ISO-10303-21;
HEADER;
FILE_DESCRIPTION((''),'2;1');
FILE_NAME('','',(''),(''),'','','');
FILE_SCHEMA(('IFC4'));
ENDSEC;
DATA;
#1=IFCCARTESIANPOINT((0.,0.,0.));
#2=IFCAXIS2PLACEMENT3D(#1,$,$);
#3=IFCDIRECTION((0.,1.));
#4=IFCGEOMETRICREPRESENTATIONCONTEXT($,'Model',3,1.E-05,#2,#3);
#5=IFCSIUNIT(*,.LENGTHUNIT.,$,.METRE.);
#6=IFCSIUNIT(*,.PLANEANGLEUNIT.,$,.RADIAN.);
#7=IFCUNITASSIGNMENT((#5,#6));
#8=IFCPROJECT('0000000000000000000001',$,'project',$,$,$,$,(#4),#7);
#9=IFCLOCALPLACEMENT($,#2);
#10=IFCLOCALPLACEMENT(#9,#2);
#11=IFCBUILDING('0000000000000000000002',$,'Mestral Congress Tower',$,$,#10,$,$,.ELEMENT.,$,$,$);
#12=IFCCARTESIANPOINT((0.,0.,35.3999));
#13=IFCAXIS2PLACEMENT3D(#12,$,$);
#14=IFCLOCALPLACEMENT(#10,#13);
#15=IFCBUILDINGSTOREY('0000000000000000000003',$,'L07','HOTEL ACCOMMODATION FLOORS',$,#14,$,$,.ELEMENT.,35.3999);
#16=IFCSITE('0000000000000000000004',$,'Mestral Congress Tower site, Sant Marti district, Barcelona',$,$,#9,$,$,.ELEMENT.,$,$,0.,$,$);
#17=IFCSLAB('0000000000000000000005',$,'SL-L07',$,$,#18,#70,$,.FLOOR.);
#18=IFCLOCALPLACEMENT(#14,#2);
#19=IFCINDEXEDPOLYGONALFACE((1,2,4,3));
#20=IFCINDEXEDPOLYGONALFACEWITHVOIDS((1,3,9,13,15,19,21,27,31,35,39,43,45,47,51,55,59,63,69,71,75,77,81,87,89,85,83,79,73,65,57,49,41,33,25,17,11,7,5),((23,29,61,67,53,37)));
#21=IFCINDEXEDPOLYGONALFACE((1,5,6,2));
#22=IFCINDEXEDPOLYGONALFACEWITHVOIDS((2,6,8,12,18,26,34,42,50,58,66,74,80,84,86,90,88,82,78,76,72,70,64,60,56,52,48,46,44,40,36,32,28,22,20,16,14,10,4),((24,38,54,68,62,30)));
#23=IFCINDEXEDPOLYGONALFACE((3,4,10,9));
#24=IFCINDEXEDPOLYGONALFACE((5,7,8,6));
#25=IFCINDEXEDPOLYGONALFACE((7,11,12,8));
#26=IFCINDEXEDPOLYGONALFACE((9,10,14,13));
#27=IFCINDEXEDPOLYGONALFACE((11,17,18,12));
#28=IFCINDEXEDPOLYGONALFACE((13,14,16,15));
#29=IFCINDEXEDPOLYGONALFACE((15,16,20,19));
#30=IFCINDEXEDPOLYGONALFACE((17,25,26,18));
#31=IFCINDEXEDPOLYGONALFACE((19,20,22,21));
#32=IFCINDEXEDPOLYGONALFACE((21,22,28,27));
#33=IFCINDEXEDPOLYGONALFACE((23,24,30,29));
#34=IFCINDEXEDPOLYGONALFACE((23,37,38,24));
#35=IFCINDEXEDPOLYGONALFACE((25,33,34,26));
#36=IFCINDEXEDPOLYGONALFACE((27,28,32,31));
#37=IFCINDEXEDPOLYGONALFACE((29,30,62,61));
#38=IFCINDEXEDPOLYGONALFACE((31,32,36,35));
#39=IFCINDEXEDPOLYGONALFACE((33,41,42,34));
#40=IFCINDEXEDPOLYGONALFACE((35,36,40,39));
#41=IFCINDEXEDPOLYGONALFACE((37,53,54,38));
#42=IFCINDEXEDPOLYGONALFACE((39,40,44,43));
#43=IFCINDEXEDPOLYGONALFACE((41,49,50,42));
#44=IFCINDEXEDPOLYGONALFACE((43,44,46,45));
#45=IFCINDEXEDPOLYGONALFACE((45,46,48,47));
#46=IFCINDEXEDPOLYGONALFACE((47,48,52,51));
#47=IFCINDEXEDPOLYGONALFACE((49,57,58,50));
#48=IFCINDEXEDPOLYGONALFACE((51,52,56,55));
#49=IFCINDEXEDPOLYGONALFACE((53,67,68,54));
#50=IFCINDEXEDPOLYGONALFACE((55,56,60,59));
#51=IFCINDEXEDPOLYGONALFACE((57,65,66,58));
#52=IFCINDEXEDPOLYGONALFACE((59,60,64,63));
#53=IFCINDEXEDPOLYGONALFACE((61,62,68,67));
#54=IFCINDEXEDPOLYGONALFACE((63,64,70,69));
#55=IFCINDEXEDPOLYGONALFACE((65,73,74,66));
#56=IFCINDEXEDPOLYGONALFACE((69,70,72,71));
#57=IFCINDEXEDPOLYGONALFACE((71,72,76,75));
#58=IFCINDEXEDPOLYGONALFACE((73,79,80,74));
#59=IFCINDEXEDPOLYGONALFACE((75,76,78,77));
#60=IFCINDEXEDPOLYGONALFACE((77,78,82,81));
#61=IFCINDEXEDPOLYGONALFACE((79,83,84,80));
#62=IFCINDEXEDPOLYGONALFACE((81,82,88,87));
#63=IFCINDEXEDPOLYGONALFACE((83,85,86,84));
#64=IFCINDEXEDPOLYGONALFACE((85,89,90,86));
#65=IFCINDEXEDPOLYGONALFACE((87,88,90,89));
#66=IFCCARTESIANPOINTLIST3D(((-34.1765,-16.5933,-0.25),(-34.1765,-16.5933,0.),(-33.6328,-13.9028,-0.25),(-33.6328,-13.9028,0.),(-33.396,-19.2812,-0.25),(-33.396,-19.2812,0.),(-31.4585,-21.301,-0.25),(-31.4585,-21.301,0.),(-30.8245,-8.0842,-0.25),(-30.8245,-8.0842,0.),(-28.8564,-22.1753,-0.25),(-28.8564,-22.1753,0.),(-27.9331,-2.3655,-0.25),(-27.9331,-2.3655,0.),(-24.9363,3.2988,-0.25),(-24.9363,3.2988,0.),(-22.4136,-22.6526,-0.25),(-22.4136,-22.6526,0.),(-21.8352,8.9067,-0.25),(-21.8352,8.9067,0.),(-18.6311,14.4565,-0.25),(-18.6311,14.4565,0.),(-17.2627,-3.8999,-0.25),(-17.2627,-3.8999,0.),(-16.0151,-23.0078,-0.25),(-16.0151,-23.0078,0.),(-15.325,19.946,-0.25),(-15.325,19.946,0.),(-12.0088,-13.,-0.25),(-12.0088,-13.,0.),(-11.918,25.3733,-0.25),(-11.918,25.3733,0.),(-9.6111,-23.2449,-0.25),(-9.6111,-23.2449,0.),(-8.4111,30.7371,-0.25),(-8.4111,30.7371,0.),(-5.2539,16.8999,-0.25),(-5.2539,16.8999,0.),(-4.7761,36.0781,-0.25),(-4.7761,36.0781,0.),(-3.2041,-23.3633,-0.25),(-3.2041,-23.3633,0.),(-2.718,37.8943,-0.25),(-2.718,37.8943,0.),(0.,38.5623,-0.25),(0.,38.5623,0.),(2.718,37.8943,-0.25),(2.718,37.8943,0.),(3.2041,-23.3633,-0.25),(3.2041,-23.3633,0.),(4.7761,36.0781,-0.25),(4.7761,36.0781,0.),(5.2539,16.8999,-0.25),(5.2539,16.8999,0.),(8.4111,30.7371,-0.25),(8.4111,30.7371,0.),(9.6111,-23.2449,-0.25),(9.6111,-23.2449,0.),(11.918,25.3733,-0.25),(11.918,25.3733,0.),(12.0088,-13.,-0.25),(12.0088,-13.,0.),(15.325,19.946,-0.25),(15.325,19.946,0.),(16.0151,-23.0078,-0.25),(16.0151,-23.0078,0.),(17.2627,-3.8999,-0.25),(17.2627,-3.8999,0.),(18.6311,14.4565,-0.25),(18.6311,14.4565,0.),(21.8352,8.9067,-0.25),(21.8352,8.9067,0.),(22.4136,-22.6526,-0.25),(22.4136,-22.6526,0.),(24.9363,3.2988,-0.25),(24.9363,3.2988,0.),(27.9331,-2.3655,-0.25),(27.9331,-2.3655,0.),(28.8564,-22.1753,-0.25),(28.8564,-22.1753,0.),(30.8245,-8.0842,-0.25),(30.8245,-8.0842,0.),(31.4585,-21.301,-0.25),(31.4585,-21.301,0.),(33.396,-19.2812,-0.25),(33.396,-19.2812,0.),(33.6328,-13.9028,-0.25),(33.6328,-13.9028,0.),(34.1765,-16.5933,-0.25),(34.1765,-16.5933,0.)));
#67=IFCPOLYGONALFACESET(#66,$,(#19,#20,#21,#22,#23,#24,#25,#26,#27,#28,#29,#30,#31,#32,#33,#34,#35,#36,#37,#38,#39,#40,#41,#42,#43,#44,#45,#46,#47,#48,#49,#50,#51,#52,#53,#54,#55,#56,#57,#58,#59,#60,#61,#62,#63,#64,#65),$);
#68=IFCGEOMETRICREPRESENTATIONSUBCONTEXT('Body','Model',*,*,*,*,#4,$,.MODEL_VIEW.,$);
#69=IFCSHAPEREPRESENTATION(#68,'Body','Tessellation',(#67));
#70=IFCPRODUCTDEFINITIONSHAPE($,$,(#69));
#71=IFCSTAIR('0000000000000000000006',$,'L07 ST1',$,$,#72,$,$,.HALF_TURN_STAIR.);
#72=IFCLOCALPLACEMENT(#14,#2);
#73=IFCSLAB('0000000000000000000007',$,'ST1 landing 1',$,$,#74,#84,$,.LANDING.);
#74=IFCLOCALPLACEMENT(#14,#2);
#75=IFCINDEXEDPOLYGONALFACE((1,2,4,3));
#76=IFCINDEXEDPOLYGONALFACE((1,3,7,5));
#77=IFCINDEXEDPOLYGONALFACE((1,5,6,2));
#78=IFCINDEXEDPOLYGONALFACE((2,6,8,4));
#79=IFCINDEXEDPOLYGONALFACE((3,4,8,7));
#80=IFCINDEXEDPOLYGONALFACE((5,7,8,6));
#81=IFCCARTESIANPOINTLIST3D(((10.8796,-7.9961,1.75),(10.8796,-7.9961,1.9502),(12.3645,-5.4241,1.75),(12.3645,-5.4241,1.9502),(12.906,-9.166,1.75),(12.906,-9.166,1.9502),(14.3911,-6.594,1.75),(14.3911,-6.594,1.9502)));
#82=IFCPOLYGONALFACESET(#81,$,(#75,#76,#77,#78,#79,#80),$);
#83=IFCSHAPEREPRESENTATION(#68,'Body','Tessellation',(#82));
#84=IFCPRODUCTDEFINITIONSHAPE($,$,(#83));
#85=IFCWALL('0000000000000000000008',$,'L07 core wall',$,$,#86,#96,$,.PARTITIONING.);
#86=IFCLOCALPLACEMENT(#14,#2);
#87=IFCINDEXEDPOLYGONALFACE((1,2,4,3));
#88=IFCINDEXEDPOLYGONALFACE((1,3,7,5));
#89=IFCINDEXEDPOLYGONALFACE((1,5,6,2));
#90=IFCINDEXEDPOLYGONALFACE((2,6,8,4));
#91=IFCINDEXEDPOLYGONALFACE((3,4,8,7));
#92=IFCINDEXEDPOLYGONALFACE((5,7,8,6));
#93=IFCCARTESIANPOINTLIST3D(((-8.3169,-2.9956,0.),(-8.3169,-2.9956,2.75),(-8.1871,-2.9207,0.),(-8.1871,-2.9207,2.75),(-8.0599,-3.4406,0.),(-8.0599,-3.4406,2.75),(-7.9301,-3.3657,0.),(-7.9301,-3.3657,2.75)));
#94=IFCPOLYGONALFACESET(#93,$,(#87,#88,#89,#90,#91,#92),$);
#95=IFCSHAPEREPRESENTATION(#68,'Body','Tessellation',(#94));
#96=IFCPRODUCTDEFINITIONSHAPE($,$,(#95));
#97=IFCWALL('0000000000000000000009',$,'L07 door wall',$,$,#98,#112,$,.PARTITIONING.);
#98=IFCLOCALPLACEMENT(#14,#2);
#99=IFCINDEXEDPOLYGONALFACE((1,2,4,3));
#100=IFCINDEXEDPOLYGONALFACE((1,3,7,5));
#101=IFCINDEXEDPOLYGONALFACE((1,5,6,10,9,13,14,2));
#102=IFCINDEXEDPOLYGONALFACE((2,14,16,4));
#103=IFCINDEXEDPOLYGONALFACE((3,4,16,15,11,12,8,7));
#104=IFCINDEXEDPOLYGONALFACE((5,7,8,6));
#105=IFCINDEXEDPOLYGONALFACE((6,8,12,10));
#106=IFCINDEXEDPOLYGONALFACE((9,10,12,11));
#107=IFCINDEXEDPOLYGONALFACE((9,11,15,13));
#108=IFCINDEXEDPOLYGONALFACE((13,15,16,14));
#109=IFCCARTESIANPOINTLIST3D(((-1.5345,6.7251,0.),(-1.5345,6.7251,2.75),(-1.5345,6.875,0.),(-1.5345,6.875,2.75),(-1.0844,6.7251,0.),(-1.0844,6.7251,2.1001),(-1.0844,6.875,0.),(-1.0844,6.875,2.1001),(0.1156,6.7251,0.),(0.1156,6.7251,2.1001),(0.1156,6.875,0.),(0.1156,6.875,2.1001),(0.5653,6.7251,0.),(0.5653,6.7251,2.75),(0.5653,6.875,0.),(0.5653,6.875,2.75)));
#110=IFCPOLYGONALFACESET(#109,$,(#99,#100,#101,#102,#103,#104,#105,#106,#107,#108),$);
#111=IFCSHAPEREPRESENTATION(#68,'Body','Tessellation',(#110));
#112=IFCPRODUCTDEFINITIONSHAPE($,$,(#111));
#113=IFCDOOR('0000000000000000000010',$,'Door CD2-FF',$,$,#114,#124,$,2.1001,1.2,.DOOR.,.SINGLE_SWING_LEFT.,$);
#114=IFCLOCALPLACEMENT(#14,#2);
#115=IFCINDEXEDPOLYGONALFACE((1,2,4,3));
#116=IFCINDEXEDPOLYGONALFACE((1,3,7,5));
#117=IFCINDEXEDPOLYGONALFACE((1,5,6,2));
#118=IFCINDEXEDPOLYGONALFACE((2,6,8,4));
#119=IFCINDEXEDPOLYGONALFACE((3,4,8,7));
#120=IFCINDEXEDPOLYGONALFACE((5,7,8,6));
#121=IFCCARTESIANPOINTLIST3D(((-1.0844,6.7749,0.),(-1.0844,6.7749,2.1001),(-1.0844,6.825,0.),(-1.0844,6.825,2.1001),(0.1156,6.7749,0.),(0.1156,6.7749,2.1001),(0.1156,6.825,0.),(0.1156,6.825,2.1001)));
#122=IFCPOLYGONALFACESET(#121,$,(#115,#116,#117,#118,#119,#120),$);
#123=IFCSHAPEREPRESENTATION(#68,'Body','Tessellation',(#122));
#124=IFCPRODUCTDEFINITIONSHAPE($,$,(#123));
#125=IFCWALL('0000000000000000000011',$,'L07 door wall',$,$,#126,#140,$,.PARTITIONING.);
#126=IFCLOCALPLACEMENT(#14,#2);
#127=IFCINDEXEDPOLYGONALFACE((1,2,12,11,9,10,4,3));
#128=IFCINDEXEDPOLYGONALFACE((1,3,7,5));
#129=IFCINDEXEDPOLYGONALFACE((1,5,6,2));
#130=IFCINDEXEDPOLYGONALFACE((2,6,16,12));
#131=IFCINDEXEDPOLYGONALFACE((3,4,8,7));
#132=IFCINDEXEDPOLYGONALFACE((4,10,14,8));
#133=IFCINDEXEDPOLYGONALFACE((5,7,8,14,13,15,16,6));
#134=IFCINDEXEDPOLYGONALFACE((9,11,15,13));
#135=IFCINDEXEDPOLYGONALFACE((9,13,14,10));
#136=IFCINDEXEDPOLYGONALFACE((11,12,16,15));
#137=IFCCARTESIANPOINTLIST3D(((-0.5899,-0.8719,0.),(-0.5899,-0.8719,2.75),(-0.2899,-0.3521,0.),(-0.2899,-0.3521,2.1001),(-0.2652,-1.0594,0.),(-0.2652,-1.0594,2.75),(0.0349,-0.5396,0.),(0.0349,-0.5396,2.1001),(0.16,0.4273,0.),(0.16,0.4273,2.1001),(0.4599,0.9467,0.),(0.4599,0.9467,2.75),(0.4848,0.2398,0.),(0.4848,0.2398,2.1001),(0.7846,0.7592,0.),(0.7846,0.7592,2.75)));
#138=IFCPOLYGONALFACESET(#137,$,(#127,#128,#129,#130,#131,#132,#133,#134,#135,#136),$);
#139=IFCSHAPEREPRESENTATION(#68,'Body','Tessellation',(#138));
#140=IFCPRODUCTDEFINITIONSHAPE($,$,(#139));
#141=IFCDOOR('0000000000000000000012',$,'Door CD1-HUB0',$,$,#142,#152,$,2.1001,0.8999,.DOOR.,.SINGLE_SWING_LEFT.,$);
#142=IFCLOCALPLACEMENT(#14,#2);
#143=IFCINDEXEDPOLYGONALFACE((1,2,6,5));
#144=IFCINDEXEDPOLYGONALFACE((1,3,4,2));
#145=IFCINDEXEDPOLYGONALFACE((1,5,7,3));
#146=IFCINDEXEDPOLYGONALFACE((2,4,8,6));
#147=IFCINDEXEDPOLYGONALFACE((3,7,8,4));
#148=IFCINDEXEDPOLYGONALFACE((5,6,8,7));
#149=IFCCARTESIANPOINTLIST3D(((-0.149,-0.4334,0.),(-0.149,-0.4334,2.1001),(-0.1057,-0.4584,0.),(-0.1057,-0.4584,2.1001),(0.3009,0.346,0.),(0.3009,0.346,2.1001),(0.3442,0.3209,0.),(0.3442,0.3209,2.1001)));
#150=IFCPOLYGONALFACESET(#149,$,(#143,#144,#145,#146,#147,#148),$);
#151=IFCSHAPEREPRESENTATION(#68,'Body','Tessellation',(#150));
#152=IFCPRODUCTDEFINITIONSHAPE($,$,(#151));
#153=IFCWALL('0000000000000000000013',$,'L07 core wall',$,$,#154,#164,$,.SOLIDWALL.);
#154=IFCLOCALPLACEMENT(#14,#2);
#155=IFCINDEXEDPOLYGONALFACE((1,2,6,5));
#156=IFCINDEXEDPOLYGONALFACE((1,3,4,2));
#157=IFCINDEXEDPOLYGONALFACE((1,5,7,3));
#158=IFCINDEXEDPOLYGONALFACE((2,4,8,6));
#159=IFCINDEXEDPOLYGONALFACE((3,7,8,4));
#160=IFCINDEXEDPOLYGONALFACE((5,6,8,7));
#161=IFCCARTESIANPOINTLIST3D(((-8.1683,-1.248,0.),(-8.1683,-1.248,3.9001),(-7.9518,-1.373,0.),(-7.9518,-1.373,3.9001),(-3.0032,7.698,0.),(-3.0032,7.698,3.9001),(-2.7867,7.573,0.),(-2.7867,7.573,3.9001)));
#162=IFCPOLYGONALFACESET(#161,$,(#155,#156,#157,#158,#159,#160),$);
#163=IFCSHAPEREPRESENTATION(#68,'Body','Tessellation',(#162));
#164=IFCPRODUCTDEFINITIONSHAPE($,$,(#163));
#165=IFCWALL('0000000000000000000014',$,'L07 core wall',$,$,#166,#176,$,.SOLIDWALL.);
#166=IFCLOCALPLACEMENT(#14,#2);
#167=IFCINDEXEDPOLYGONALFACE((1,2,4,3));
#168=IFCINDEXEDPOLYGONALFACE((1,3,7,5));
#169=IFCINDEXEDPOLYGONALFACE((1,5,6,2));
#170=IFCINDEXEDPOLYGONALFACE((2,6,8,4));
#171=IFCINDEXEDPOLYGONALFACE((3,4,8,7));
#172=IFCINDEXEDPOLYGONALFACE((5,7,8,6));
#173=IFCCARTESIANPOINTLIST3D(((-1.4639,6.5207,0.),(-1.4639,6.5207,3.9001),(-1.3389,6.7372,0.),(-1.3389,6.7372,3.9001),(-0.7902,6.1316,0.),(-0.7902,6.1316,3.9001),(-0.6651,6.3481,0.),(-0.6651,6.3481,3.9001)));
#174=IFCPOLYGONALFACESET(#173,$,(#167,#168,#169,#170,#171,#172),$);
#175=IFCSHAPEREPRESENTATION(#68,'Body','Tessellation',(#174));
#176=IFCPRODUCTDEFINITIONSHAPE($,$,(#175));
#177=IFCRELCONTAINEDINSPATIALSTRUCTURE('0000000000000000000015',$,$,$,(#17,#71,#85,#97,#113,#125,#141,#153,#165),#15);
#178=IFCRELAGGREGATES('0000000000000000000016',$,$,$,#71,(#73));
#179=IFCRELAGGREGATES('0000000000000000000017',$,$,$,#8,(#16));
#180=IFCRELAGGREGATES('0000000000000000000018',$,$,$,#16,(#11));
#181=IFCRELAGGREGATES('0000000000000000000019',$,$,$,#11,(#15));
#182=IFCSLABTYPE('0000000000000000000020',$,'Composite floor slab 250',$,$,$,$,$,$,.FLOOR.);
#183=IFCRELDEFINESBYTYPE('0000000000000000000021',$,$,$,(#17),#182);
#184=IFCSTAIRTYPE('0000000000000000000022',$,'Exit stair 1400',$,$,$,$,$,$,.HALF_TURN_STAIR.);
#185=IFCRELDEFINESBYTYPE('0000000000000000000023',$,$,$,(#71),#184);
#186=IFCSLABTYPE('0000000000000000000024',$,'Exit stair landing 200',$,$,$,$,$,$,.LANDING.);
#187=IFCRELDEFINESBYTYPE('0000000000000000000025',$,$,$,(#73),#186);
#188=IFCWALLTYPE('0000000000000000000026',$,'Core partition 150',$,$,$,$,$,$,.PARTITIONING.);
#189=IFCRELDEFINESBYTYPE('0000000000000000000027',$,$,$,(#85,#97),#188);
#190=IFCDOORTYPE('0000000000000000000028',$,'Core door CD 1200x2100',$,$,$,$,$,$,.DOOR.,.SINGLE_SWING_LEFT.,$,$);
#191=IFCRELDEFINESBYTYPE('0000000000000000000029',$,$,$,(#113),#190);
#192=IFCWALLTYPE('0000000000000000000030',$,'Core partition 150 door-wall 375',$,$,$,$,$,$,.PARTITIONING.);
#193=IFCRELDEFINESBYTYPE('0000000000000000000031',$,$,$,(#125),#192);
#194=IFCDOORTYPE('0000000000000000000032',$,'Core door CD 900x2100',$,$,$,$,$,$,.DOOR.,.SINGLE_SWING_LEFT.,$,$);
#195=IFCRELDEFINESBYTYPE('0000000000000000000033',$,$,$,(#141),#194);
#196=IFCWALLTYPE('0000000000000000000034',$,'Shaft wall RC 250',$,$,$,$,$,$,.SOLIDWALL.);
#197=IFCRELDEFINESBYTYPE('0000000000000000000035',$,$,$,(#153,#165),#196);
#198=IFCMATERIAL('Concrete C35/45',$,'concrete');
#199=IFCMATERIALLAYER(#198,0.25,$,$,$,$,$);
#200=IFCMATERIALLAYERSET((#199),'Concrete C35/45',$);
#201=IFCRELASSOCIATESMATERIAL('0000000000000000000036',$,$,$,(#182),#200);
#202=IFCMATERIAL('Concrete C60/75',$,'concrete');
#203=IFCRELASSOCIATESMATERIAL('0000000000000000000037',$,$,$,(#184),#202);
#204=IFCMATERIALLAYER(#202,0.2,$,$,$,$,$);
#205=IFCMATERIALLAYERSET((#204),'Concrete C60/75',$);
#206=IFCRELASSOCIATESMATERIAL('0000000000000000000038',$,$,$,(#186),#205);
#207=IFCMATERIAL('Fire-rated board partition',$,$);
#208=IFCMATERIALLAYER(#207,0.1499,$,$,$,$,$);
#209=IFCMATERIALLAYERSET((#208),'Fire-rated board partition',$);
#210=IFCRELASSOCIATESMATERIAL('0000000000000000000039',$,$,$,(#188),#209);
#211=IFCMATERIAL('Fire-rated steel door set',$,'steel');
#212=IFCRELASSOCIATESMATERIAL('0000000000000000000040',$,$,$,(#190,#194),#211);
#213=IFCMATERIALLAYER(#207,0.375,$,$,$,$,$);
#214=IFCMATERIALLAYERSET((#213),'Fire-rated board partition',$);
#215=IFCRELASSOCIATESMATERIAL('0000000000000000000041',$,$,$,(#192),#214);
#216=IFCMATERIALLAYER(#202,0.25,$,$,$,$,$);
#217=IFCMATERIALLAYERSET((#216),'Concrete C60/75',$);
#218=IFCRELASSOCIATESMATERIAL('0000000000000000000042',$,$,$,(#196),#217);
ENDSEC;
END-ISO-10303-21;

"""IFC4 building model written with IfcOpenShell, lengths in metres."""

from ifc_helpers import new_model, si_unit, direction, frame, frame_2d, origin, place, context, subcontext, project, spatial, polyline, rectangle, outline, extrude, material, layer, layer_set, type_object, element, fill, aggregate, save


model = new_model("IFC4")

# Units and contexts
model_context = context("Model", 3, precision=1e-05, world=origin(), true_north=direction((0.0, 1.0)))
body_context = subcontext(model_context, "Body", "Model", "MODEL_VIEW")
ifc_project = project(units=[si_unit("LENGTHUNIT", "METRE"), si_unit("PLANEANGLEUNIT", "RADIAN")], contexts=[model_context])

# Site, building, storey
site_placement = place(None, origin())
site = spatial("IfcSite", under=ifc_project, at=site_placement, Name="Mestral Congress Tower site, Sant Marti district, Barcelona", CompositionType="ELEMENT", RefElevation=0.0)
building_placement = place(site_placement, origin())
building = spatial("IfcBuilding", under=site, at=building_placement, Name="Mestral Congress Tower", CompositionType="ELEMENT")
storey_placement = place(building_placement, frame((0.0, 0.0, 35.3999)))
storey = spatial("IfcBuildingStorey", under=building, at=storey_placement, Name="L07", Description="HOTEL ACCOMMODATION FLOORS", CompositionType="ELEMENT", Elevation=35.3999)

# Slab
ifc_material_1 = material(Name="Concrete C35/45", Category="concrete")
ifc_layer_1 = layer(ifc_material_1, 0.25)
ifc_layer_set_1 = layer_set([ifc_layer_1], Name="Concrete C35/45")
slab_type_1 = type_object("IfcSlabType", Name="Composite floor slab 250", PredefinedType="FLOOR", material=ifc_layer_set_1)
slab_1_placement = place(storey_placement, frame((0.0, 0.0, -0.25)))
element("IfcSlab", 1, at=slab_1_placement, inside=storey, type_object=slab_type_1, Name="SL-L07", PredefinedType="FLOOR", context=body_context, shape_type="SweptSolid", body=[
    extrude(outline(polyline([(-28.8564, -22.1753), (-31.4585, -21.301), (-33.396, -19.2812), (-34.1765, -16.5933), (-33.6328, -13.9028), (-30.8245, -8.0842), (-27.9331, -2.3655), (-24.9363, 3.2988), (-21.8352, 8.9067), (-18.6311, 14.4565), (-15.325, 19.946), (-11.918, 25.3733), (-8.4111, 30.7371), (-4.7761, 36.0781), (-2.718, 37.8943), (0.0, 38.5623), (2.718, 37.8943), (4.7761, 36.0781), (8.4111, 30.7371), (11.918, 25.3733), (15.325, 19.946), (18.6311, 14.4565), (21.8352, 8.9067), (24.9363, 3.2988), (27.9331, -2.3655), (30.8245, -8.0842), (33.6328, -13.9028), (34.1765, -16.5933), (33.396, -19.2812), (31.4585, -21.301), (28.8564, -22.1753), (22.4136, -22.6526), (16.0151, -23.0078), (9.6111, -23.2449), (3.2041, -23.3633), (-3.2041, -23.3633), (-9.6111, -23.2449), (-16.0151, -23.0078), (-22.4136, -22.6526), (-28.8564, -22.1753)]), holes=[polyline([(-5.2539, 16.8999), (-17.2627, -3.8999), (-12.0088, -13.0), (12.0088, -13.0), (17.2627, -3.8999), (5.2539, 16.8999), (-5.2539, 16.8999)])]), origin(), (0.0, 0.0, 1.0), 0.25),
])

# Stair, slab
ifc_material_2 = material(Name="Concrete C60/75", Category="concrete")
stair_type = type_object("IfcStairType", Name="Exit stair 1400", PredefinedType="HALF_TURN_STAIR", material=ifc_material_2)
stair_placement = place(storey_placement, origin())
stair = element("IfcStair", 2, at=stair_placement, inside=storey, type_object=stair_type, Name="L07 ST1", PredefinedType="HALF_TURN_STAIR")
ifc_layer_2 = layer(ifc_material_2, 0.2)
ifc_layer_set_2 = layer_set([ifc_layer_2], Name="Concrete C60/75")
slab_type_2 = type_object("IfcSlabType", Name="Exit stair landing 200", PredefinedType="LANDING", material=ifc_layer_set_2)
slab_2_placement = place(storey_placement, frame((0.0, 0.0, 1.75)))
slab_2 = element("IfcSlab", 3, at=slab_2_placement, type_object=slab_type_2, Name="ST1 landing 1", PredefinedType="LANDING", context=body_context, shape_type="SweptSolid", body=[
    extrude(outline(polyline([(10.8796, -7.9961), (12.3645, -5.4241), (14.3911, -6.594), (12.906, -9.166), (10.8796, -7.9961)])), origin(), (0.0, 0.0, 1.0), 0.2002),
])
aggregate(stair, [slab_2])

# Wall
ifc_material_3 = material(Name="Fire-rated board partition")
ifc_layer_3 = layer(ifc_material_3, 0.1499)
ifc_layer_set_3 = layer_set([ifc_layer_3], Name="Fire-rated board partition")
wall_type_1 = type_object("IfcWallType", Name="Core partition 150", PredefinedType="PARTITIONING", material=ifc_layer_set_3)
wall_1_placement = place(storey_placement, frame((-8.252, -2.9583, 0.0), z_axis=(0.0, 0.0, 1.0), x_axis=(0.500175, -0.865925, 0.0)))
element("IfcWall", 4, at=wall_1_placement, inside=storey, type_object=wall_type_1, Name="L07 core wall", PredefinedType="PARTITIONING", context=body_context, shape_type="SweptSolid", body=[
    extrude(rectangle(XDim=0.5139, YDim=0.1499, at=frame_2d((0.2568, 0.0))), origin(), (0.0, 0.0, 1.0), 2.75),
])

# Walls, openings, doors
wall_2_placement = place(storey_placement, frame((-1.5344, 6.8, 0.0), z_axis=(0.0, 0.0, 1.0), x_axis=(1.0, 0.0, 0.0)))
wall_2 = element("IfcWall", 5, at=wall_2_placement, inside=storey, type_object=wall_type_1, Name="L07 door wall", PredefinedType="PARTITIONING", context=body_context, shape_type="SweptSolid", body=[
    extrude(rectangle(XDim=2.0999, YDim=0.1499, at=frame_2d((1.0498, 0.0))), origin(), (0.0, 0.0, 1.0), 2.75),
])
opening_1_placement = place(wall_2_placement, frame((0.45, 0.0, 0.0)))
opening_1 = element("IfcOpeningElement", 6, at=opening_1_placement, cuts=wall_2, PredefinedType="OPENING", context=body_context, shape_type="SweptSolid", body=[
    extrude(rectangle(XDim=1.2, YDim=2.1001, at=frame_2d((0.6001, 1.05))), frame((0.0, 0.085, 0.0), z_axis=(0.0, -1.0, 0.0), x_axis=(1.0, 0.0, 0.0)), (0.0, 0.0, 1.0), 0.1699),
])
ifc_material_4 = material(Name="Fire-rated steel door set", Category="steel")
door_type_1 = type_object("IfcDoorType", Name="Core door CD 1200x2100", OperationType="SINGLE_SWING_LEFT", PredefinedType="DOOR", material=ifc_material_4)
door_1_placement = place(opening_1_placement, origin())
door_1 = element("IfcDoor", 7, at=door_1_placement, inside=storey, type_object=door_type_1, Name="Door CD2-FF", OperationType="SINGLE_SWING_LEFT", OverallHeight=2.1001, OverallWidth=1.2, PredefinedType="DOOR", context=body_context, shape_type="SweptSolid", body=[
    extrude(rectangle(XDim=1.2, YDim=2.1001, at=frame_2d((0.6001, 1.05))), frame((0.0, 0.0249, 0.0), z_axis=(0.0, -1.0, 0.0), x_axis=(1.0, 0.0, 0.0)), (0.0, 0.0, 1.0), 0.05),
])
fill(opening_1, door_1)
ifc_layer_4 = layer(ifc_material_3, 0.375)
ifc_layer_set_4 = layer_set([ifc_layer_4], Name="Fire-rated board partition")
wall_type_2 = type_object("IfcWallType", Name="Core partition 150 door-wall 375", PredefinedType="PARTITIONING", material=ifc_layer_set_4)
wall_3_placement = place(storey_placement, frame((-0.4275, -0.9656, 0.0), z_axis=(0.0, 0.0, 1.0), x_axis=(0.499941, 0.86606, 0.0)))
wall_3 = element("IfcWall", 8, at=wall_3_placement, inside=storey, type_object=wall_type_2, Name="L07 door wall", PredefinedType="PARTITIONING", context=body_context, shape_type="SweptSolid", body=[
    extrude(rectangle(XDim=2.0999, YDim=0.375, at=frame_2d((1.0498, 0.0))), origin(), (0.0, 0.0, 1.0), 2.75),
])
opening_2_placement = place(wall_3_placement, frame((0.6001, 0.0, 0.0)))
opening_2 = element("IfcOpeningElement", 9, at=opening_2_placement, cuts=wall_3, PredefinedType="OPENING", context=body_context, shape_type="SweptSolid", body=[
    extrude(rectangle(XDim=0.8999, YDim=2.1001, at=frame_2d((0.45, 1.05))), frame((0.0, 0.1975, 0.0), z_axis=(0.0, -1.0, 0.0), x_axis=(1.0, 0.0, 0.0)), (0.0, 0.0, 1.0), 0.395),
])
door_type_2 = type_object("IfcDoorType", Name="Core door CD 900x2100", OperationType="SINGLE_SWING_LEFT", PredefinedType="DOOR", material=ifc_material_4)
door_2_placement = place(opening_2_placement, origin())
door_2 = element("IfcDoor", 10, at=door_2_placement, inside=storey, type_object=door_type_2, Name="Door CD1-HUB0", OperationType="SINGLE_SWING_LEFT", OverallHeight=2.1001, OverallWidth=0.8999, PredefinedType="DOOR", context=body_context, shape_type="SweptSolid", body=[
    extrude(rectangle(XDim=0.8999, YDim=2.1001, at=frame_2d((0.45, 1.05))), frame((0.0, 0.0249, 0.0), z_axis=(0.0, -1.0, 0.0), x_axis=(1.0, 0.0, 0.0)), (0.0, 0.0, 1.0), 0.05),
])
fill(opening_2, door_2)

# Walls
ifc_layer_5 = layer(ifc_material_2, 0.25)
ifc_layer_set_5 = layer_set([ifc_layer_5], Name="Concrete C60/75")
wall_type_3 = type_object("IfcWallType", Name="Shaft wall RC 250", PredefinedType="SOLIDWALL", material=ifc_layer_set_5)
wall_4_placement = place(storey_placement, frame((-8.0601, -1.3105, 0.0), z_axis=(0.0, 0.0, 1.0), x_axis=(0.500003, 0.866024, 0.0)))
element("IfcWall", 11, at=wall_4_placement, inside=storey, type_object=wall_type_3, Name="L07 core wall", PredefinedType="SOLIDWALL", context=body_context, shape_type="SweptSolid", body=[
    extrude(rectangle(XDim=10.3301, YDim=0.25, at=frame_2d((5.165, 0.0))), origin(), (0.0, 0.0, 1.0), 3.9001),
])
wall_5_placement = place(storey_placement, frame((-0.7275, 6.2397, 0.0), z_axis=(0.0, 0.0, 1.0), x_axis=(-0.865956, 0.500121, 0.0)))
element("IfcWall", 12, at=wall_5_placement, inside=storey, type_object=wall_type_3, Name="L07 core wall", PredefinedType="SOLIDWALL", context=body_context, shape_type="SweptSolid", body=[
    extrude(rectangle(XDim=0.7781, YDim=0.25, at=frame_2d((0.3892, 0.0))), origin(), (0.0, 0.0, 1.0), 3.9001),
])

save(model, "model.ifc")
